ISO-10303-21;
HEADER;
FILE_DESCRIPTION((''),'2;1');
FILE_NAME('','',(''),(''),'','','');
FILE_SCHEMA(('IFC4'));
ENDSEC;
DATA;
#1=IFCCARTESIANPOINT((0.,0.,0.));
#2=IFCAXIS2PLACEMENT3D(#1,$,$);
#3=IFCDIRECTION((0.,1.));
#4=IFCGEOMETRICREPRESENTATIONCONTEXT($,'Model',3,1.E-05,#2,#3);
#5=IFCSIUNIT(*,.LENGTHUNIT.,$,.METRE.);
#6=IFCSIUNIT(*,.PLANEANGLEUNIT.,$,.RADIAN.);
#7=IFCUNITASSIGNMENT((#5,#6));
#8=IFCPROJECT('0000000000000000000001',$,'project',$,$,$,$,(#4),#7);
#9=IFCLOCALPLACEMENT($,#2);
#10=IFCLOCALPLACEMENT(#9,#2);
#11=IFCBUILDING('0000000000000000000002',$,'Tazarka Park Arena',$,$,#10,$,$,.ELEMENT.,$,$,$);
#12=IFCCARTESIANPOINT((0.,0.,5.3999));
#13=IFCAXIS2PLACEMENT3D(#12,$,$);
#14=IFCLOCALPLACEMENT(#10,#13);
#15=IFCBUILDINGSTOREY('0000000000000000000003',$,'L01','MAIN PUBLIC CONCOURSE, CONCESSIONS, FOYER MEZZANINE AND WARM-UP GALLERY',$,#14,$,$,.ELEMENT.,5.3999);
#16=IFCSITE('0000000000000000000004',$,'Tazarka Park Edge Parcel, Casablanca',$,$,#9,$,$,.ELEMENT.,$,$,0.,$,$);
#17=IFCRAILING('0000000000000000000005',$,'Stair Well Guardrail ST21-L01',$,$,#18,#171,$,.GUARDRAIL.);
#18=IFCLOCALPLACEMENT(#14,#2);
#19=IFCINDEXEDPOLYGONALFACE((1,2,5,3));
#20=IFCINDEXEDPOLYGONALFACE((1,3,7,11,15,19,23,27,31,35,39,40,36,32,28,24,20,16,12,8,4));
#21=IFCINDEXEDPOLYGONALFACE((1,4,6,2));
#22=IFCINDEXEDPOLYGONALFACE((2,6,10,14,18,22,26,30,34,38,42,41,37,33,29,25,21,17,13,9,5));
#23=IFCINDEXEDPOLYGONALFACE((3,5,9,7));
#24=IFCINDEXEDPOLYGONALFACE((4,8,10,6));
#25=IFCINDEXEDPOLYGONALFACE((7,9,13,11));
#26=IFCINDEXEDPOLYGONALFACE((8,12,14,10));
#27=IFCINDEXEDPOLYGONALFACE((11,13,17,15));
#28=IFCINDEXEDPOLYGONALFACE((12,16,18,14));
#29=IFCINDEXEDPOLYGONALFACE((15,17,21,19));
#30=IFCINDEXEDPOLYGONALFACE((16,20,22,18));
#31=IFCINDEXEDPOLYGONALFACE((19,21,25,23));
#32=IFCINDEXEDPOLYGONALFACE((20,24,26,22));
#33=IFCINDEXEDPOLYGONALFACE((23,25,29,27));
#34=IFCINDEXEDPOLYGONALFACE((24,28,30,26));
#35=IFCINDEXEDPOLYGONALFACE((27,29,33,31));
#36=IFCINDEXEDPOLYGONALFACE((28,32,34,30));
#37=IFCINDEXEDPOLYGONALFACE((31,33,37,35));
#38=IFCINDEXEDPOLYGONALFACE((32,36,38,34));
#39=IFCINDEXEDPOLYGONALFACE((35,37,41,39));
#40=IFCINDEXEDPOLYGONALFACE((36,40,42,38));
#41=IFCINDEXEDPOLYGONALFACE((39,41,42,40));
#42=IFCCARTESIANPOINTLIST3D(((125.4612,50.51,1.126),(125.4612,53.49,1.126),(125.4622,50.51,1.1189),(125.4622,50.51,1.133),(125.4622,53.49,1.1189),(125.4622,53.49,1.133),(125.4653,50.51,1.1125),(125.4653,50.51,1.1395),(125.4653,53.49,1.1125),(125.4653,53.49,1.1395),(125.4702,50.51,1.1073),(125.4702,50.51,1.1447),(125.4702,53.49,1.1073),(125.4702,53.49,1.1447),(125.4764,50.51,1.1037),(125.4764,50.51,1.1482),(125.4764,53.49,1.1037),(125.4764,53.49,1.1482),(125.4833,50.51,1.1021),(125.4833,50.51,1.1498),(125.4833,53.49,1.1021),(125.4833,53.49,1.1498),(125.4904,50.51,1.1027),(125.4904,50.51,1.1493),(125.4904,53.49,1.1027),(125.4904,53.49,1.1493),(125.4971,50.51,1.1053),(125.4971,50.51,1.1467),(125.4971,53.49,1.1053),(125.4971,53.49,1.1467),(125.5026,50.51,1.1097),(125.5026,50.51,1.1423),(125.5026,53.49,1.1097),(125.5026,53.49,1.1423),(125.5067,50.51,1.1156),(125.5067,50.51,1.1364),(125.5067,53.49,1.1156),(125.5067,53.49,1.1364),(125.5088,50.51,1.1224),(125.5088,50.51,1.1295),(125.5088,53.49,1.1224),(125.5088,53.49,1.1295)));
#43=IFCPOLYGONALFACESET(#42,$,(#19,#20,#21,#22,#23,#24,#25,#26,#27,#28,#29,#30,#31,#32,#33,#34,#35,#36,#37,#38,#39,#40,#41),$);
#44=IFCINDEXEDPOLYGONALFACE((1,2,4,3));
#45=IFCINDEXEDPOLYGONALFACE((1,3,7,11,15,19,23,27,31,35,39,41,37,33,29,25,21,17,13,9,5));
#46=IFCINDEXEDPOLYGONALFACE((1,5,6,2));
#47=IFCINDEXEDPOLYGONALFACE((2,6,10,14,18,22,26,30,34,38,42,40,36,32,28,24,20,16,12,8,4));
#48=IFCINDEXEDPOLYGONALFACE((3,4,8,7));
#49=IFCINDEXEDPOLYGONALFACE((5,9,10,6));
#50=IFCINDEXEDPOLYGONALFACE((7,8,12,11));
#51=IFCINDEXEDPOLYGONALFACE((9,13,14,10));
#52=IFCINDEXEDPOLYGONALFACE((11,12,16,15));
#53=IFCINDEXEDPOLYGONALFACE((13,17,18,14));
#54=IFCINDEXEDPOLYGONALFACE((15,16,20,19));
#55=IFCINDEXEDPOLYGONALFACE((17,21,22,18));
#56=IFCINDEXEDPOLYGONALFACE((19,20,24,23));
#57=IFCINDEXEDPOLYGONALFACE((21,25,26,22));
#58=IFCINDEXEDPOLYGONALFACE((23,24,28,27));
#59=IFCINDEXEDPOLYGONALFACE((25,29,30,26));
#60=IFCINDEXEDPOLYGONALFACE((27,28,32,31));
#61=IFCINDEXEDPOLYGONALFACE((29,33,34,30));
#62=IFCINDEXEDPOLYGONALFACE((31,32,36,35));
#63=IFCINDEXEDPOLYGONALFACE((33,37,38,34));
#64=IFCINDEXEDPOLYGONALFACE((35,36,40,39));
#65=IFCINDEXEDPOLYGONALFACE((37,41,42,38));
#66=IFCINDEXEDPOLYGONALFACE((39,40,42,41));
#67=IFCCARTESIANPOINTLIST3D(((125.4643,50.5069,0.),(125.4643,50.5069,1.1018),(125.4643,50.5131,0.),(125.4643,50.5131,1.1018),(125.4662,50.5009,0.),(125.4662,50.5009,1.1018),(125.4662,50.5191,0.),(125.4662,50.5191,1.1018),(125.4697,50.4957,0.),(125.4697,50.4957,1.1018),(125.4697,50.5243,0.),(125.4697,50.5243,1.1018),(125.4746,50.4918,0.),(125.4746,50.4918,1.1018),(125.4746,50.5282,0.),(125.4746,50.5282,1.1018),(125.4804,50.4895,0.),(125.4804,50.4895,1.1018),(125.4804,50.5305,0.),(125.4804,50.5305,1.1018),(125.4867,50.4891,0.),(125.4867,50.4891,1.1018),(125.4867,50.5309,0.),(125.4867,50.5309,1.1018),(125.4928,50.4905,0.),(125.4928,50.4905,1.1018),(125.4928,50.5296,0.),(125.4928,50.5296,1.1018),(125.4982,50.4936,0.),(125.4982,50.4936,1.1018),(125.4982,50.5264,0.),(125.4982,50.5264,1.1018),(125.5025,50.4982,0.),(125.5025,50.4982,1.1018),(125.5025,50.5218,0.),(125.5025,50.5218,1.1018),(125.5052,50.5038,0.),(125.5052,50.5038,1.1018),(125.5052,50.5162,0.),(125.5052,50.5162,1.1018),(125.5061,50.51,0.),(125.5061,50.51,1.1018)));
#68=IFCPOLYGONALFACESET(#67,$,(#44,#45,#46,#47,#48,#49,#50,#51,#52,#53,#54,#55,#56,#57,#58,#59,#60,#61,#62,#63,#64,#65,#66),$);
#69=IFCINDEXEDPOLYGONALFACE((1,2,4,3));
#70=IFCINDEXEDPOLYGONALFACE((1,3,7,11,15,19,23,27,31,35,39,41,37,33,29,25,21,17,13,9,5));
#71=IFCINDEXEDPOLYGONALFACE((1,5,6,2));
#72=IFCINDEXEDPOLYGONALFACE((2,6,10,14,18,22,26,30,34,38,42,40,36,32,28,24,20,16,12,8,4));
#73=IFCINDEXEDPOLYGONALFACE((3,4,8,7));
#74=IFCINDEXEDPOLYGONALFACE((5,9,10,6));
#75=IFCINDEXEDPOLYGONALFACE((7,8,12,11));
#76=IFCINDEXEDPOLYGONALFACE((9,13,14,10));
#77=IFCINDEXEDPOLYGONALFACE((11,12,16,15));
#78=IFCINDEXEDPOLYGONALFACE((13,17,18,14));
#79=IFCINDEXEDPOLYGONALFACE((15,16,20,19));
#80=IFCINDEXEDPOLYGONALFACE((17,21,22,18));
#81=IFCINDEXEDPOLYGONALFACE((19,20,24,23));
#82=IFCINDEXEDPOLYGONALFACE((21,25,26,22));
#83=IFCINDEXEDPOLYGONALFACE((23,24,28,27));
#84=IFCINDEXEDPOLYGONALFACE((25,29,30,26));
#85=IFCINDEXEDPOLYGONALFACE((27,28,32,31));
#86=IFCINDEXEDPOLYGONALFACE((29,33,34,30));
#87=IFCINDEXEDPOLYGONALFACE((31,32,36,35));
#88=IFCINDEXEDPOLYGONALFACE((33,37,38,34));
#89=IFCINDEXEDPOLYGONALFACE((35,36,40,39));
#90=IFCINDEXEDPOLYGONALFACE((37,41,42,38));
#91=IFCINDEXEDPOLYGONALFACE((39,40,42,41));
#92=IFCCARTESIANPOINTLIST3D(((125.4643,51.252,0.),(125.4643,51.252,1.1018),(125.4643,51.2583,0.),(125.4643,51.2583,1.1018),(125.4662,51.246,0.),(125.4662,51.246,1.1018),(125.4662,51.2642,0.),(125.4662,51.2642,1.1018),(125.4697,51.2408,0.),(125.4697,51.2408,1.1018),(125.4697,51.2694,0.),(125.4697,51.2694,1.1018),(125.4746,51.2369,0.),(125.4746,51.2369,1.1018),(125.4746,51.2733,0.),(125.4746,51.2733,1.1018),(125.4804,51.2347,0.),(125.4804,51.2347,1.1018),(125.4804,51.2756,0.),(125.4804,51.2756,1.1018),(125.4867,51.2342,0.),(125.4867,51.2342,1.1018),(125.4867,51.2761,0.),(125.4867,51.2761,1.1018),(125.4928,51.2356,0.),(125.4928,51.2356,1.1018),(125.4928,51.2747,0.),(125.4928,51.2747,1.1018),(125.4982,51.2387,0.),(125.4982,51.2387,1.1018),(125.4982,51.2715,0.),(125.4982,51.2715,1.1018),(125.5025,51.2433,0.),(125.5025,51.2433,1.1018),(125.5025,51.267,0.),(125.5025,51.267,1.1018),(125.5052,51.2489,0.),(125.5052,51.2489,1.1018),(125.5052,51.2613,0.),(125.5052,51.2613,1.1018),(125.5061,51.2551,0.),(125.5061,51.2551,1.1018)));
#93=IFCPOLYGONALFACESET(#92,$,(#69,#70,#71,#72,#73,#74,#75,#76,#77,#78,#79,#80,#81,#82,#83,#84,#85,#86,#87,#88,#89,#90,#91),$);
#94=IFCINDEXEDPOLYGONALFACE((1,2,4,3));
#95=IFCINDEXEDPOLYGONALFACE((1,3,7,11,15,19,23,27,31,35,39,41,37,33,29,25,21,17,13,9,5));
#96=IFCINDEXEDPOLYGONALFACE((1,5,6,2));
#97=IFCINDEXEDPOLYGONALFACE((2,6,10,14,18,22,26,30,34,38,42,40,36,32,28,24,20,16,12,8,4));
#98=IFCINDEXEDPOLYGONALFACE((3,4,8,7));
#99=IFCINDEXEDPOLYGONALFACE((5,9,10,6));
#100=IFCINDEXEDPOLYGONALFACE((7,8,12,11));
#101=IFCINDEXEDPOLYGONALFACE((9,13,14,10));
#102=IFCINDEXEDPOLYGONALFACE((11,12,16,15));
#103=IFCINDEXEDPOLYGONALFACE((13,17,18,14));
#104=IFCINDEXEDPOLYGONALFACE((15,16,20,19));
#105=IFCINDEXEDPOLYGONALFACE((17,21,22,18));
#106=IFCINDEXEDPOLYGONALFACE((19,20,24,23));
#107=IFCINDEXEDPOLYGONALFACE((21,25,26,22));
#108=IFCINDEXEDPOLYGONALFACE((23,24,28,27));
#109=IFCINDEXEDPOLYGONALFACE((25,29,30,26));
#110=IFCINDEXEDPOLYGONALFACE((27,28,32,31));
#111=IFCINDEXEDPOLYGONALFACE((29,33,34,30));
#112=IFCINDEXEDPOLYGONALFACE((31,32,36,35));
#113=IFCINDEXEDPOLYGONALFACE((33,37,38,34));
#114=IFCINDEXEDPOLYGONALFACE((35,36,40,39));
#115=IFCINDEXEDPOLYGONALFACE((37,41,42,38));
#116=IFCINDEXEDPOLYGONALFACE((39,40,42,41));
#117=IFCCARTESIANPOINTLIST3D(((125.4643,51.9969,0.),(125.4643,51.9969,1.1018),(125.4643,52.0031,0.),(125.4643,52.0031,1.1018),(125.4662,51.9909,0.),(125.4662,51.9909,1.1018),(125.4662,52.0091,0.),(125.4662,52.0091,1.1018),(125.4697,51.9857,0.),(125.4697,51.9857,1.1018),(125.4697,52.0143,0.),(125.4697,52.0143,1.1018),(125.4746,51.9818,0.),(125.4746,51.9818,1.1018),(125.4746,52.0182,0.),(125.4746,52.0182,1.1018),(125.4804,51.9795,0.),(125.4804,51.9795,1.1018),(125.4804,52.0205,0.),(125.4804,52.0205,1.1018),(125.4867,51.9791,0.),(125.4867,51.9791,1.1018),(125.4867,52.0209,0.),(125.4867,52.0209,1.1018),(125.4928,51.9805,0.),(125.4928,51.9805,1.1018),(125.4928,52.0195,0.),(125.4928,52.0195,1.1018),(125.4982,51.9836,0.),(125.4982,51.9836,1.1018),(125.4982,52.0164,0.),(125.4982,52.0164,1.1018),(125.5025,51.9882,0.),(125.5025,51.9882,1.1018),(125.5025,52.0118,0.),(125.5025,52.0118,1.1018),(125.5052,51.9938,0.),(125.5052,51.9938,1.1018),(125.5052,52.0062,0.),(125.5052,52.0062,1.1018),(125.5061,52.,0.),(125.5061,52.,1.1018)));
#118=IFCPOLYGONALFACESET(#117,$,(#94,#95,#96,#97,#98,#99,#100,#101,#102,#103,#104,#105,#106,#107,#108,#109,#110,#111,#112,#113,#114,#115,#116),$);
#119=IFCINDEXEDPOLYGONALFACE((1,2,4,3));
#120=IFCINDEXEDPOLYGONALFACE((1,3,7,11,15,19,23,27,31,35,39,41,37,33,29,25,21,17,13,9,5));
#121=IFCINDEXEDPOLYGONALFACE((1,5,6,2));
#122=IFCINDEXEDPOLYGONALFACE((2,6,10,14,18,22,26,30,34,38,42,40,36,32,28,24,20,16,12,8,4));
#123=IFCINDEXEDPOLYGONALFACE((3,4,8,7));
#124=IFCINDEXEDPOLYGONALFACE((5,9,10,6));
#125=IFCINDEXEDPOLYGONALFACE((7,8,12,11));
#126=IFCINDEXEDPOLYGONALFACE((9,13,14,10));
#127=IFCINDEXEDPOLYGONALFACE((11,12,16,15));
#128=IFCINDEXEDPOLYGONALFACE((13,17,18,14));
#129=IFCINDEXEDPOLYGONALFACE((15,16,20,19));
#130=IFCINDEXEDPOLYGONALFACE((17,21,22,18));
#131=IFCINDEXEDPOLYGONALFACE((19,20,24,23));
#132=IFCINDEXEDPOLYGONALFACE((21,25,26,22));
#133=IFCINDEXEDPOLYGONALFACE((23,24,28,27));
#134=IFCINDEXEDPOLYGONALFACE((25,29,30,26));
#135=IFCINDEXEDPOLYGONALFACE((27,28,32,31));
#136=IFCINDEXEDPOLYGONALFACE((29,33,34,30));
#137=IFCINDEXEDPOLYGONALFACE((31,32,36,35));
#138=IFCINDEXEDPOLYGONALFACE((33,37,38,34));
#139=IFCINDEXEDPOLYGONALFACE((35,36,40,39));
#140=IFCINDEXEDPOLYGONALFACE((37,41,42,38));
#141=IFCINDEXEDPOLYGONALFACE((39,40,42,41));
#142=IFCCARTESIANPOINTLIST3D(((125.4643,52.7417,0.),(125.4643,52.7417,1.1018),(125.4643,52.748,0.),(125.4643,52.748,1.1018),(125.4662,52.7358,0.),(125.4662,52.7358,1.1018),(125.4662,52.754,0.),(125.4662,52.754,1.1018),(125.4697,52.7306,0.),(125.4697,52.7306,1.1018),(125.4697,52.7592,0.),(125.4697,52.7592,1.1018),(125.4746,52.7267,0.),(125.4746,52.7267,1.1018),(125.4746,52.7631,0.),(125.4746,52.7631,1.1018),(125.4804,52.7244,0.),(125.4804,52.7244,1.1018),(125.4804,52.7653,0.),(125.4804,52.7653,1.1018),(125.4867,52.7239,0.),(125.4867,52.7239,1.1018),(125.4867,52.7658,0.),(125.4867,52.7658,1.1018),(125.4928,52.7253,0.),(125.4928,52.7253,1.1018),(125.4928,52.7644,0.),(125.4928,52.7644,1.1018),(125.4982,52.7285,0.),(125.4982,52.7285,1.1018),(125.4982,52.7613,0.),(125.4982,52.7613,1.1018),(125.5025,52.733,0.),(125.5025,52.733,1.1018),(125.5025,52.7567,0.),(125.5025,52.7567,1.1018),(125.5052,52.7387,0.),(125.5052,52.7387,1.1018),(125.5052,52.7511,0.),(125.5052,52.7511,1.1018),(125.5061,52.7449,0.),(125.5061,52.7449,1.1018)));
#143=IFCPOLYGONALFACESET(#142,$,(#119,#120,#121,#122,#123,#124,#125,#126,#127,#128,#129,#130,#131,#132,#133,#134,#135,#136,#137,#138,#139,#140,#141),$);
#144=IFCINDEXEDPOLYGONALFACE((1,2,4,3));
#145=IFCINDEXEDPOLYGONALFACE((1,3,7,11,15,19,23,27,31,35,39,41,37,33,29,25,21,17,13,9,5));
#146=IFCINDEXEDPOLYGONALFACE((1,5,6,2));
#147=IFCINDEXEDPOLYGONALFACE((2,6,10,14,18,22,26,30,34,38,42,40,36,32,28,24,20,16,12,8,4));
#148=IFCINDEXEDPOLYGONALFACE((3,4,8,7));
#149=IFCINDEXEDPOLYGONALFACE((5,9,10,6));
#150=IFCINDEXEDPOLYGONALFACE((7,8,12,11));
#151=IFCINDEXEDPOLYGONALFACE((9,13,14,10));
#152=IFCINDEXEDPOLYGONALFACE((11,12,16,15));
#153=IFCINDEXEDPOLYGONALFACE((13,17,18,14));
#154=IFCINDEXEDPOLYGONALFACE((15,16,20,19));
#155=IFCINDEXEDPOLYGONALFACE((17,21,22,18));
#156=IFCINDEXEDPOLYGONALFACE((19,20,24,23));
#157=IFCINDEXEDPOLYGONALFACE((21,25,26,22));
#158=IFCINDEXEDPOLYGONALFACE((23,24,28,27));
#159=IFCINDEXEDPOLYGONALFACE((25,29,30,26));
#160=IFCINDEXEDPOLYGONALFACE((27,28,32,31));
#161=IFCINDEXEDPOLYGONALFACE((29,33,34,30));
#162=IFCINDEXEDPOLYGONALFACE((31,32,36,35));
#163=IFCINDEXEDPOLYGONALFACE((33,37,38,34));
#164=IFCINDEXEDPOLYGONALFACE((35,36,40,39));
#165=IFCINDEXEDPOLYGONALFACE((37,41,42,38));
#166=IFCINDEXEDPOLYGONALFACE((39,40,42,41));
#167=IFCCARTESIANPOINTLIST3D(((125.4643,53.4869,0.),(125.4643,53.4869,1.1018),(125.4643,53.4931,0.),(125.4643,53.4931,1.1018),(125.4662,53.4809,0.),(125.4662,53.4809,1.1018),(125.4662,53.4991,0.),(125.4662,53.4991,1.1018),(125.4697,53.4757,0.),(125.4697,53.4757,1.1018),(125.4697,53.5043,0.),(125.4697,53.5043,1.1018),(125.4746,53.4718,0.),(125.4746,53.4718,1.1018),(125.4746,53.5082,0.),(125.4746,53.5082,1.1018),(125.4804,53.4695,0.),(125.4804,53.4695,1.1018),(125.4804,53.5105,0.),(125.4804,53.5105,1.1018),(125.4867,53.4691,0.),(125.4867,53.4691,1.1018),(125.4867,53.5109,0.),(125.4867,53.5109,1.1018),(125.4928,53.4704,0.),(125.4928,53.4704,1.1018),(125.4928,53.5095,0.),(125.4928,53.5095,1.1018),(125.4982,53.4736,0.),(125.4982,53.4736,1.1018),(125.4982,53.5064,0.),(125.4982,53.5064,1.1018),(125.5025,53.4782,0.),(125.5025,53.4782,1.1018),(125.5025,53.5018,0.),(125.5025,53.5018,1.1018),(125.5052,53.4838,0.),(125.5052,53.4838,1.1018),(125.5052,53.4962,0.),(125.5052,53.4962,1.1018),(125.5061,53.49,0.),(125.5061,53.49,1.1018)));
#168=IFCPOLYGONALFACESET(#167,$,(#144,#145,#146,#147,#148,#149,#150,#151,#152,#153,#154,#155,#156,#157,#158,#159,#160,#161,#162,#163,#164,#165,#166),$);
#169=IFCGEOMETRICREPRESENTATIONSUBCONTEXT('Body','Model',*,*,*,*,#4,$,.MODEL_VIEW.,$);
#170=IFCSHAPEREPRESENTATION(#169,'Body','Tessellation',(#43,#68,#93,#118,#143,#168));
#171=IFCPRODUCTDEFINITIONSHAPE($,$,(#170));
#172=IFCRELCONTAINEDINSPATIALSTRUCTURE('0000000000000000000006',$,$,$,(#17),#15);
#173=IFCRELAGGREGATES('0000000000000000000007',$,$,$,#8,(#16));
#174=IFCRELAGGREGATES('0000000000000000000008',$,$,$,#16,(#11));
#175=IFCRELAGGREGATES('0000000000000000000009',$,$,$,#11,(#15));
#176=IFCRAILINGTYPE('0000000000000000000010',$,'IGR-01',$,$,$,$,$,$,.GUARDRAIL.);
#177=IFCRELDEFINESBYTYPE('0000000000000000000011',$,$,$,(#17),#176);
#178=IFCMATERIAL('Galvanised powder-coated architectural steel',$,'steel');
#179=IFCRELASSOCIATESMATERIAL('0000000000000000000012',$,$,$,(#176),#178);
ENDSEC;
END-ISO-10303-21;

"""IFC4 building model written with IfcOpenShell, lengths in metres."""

from ifc_helpers import new_model, si_unit, direction, frame, origin, origin_2d, place, context, subcontext, project, spatial, circle, extrude, material, type_object, element, save


model = new_model("IFC4")

# Units and contexts
model_context = context("Model", 3, precision=1e-05, world=origin(), true_north=direction((0.0, 1.0)))
body_context = subcontext(model_context, "Body", "Model", "MODEL_VIEW")
ifc_project = project(units=[si_unit("LENGTHUNIT", "METRE"), si_unit("PLANEANGLEUNIT", "RADIAN")], contexts=[model_context])

# Site, building, storey
site_placement = place(None, origin())
site = spatial("IfcSite", under=ifc_project, at=site_placement, Name="Tazarka Park Edge Parcel, Casablanca", CompositionType="ELEMENT", RefElevation=0.0)
building_placement = place(site_placement, origin())
building = spatial("IfcBuilding", under=site, at=building_placement, Name="Tazarka Park Arena", CompositionType="ELEMENT")
storey_placement = place(building_placement, frame((0.0, 0.0, 5.3999)))
storey = spatial("IfcBuildingStorey", under=building, at=storey_placement, Name="L01", Description="MAIN PUBLIC CONCOURSE, CONCESSIONS, FOYER MEZZANINE AND WARM-UP GALLERY", CompositionType="ELEMENT", Elevation=5.3999)

# Railing
ifc_material_1 = material(Name="Galvanised powder-coated architectural steel", Category="steel")
railing_type_1 = type_object("IfcRailingType", Name="IGR-01", PredefinedType="GUARDRAIL", material=ifc_material_1)
for number, where, name in (
    (1, (125.4851, 50.51, 0.0), "Stair Well Guardrail ST21-L01"),
):
    element("IfcRailing", number, at=place(storey_placement, frame(where)), inside=storey, type_object=railing_type_1, Name=name, PredefinedType="GUARDRAIL", context=body_context, shape_type="SweptSolid", body=[
        extrude(circle(Radius=0.0239, at=origin_2d()), frame((0.0, 0.0, 1.126), z_axis=(0.0, 1.0, 0.0), x_axis=(-1.0, 0.0, 0.0)), (0.0, 0.0, 1.0), 2.98),
        extrude(circle(Radius=0.021, at=origin_2d()), origin(), (0.0, 0.0, 1.0), 1.1018),
        extrude(circle(Radius=0.021, at=origin_2d()), frame((0.0, 0.7451, 0.0)), (0.0, 0.0, 1.0), 1.1018),
        extrude(circle(Radius=0.021, at=origin_2d()), frame((0.0, 1.49, 0.0)), (0.0, 0.0, 1.0), 1.1018),
        extrude(circle(Radius=0.021, at=origin_2d()), frame((0.0, 2.2349, 0.0)), (0.0, 0.0, 1.0), 1.1018),
        extrude(circle(Radius=0.021, at=origin_2d()), frame((0.0, 2.98, 0.0)), (0.0, 0.0, 1.0), 1.1018),
    ])

save(model, "model.ifc")
